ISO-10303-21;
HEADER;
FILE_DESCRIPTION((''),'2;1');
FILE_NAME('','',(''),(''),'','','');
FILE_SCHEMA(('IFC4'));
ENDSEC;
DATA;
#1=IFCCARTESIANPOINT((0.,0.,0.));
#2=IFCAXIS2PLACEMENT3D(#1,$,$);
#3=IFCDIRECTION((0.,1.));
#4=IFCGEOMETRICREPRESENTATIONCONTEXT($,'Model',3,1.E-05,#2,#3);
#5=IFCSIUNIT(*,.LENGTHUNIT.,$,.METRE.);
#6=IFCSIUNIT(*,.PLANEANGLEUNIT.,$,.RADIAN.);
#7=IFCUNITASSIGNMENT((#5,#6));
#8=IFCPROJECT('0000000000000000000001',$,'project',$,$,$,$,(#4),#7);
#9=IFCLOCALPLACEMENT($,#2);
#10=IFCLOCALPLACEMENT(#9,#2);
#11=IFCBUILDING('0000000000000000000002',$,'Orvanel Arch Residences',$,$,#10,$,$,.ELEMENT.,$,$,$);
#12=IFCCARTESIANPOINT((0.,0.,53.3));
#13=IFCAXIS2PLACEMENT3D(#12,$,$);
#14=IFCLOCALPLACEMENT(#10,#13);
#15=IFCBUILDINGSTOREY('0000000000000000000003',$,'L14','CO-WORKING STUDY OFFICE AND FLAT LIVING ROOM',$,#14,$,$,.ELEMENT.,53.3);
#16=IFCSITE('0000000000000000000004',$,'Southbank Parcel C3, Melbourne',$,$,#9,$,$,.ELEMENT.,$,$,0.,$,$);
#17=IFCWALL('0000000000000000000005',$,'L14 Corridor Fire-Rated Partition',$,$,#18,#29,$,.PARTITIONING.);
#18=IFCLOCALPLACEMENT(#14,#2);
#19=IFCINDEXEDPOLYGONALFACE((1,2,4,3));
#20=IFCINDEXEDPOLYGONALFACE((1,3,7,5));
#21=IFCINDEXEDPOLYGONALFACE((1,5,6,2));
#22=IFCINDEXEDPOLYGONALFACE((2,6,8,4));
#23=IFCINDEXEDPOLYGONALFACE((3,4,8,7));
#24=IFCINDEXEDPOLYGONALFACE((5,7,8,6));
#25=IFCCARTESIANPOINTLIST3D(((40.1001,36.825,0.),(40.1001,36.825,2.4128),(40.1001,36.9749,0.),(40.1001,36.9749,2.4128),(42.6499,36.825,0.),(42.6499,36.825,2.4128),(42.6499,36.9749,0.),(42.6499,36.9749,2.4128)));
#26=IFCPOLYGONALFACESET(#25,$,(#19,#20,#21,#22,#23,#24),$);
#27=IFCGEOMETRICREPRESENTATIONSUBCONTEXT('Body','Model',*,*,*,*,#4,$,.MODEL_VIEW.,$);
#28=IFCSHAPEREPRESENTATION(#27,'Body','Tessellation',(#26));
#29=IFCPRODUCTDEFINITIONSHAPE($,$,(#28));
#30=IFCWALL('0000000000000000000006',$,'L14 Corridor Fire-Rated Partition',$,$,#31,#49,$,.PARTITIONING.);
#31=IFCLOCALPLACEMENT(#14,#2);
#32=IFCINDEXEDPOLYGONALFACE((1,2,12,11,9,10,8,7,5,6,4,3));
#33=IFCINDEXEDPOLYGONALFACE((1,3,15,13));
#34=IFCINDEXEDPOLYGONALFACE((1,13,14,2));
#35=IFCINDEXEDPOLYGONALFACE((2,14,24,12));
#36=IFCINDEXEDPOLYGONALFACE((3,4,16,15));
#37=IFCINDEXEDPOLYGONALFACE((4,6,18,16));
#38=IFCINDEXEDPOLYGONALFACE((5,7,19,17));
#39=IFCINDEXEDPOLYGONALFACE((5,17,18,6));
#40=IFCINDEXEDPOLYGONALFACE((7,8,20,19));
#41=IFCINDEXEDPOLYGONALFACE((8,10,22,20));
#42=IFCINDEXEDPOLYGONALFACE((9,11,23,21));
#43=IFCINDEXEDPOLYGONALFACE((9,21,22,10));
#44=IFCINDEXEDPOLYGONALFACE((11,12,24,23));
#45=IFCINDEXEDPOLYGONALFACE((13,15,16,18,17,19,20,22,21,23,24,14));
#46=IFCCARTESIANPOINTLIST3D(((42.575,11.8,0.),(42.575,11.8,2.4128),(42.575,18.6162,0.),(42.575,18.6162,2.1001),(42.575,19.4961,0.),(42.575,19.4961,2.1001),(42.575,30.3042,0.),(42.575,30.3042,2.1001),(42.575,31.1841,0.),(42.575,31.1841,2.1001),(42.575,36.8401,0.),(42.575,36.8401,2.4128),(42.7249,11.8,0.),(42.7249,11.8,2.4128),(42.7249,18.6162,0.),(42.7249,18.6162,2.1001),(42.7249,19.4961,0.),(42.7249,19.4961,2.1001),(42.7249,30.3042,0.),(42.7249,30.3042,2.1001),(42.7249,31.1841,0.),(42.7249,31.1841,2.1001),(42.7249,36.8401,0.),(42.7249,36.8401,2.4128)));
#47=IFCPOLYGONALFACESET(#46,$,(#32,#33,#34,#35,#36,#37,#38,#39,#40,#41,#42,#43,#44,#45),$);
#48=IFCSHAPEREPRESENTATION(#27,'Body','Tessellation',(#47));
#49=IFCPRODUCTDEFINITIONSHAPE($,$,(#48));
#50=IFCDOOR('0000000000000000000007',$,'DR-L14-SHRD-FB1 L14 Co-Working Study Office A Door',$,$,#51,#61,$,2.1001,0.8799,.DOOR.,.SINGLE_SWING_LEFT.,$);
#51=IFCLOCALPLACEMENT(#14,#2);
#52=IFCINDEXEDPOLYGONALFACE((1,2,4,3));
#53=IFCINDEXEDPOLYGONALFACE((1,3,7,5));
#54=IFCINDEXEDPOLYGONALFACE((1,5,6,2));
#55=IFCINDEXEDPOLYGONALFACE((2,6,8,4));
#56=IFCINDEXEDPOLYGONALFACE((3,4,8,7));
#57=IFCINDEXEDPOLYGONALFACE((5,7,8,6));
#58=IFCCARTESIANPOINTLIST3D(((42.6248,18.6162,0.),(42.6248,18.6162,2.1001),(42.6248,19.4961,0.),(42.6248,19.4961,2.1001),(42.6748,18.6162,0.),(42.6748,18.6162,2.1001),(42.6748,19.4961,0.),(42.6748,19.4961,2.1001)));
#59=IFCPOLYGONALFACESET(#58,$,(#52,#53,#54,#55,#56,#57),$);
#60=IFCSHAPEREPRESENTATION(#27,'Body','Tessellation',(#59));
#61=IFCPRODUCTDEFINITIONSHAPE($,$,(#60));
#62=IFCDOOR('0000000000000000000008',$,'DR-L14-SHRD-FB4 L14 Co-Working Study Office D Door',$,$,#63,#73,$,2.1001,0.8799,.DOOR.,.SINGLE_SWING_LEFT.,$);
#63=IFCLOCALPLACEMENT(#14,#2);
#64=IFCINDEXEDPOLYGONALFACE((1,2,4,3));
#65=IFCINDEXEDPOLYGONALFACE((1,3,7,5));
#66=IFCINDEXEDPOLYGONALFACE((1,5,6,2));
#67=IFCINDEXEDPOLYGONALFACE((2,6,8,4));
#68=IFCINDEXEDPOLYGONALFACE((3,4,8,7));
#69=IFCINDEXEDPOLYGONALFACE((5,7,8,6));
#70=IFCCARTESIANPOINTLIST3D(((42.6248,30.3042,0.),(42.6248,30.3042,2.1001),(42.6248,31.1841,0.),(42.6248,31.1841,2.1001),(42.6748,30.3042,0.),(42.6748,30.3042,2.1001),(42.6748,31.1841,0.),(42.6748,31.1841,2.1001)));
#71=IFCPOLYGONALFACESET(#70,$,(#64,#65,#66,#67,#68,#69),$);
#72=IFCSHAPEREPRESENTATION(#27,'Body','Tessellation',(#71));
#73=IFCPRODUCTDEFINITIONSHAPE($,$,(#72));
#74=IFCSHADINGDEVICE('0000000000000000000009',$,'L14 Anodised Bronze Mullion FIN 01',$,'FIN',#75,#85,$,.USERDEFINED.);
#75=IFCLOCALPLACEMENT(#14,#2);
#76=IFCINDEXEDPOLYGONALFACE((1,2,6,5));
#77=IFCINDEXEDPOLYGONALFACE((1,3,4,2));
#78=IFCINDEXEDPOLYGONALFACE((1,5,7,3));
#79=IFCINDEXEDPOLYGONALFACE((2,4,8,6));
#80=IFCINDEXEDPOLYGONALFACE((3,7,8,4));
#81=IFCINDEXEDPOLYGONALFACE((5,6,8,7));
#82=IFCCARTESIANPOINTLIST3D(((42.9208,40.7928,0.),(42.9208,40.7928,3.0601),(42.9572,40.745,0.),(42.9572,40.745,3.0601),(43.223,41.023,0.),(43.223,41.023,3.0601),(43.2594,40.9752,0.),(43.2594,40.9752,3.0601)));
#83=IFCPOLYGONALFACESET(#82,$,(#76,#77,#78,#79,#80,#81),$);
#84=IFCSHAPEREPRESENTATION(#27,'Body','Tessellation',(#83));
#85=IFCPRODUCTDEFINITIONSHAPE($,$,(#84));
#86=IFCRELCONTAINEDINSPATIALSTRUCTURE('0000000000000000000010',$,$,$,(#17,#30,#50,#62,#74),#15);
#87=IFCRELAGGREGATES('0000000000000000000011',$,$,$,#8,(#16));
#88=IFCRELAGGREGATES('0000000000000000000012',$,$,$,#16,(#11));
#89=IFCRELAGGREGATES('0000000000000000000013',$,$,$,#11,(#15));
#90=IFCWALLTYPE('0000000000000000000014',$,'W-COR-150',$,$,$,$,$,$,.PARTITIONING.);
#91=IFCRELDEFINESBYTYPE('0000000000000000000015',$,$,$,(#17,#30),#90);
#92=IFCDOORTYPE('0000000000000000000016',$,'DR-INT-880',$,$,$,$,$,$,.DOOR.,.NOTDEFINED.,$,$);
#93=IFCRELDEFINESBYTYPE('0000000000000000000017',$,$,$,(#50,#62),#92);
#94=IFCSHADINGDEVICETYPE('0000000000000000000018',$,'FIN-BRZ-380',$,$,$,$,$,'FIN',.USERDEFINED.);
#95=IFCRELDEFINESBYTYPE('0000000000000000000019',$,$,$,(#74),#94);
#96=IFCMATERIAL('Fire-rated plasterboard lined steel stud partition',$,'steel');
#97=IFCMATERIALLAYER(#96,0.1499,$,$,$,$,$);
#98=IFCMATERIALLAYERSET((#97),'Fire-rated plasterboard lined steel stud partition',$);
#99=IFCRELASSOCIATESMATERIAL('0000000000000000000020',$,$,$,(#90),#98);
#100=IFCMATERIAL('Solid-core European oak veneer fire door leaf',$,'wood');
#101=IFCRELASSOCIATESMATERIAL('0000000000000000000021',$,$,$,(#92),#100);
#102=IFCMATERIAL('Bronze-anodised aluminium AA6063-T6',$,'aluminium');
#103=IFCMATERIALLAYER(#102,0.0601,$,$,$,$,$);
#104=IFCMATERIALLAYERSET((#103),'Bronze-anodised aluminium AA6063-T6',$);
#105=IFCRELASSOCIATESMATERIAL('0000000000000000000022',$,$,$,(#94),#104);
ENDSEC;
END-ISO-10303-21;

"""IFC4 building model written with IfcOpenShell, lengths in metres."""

from ifc_helpers import new_model, si_unit, direction, frame, frame_2d, origin, origin_2d, place, context, subcontext, project, spatial, rectangle, extrude, material, layer, layer_set, type_object, element, fill, save


model = new_model("IFC4")

# Units and contexts
model_context = context("Model", 3, precision=1e-05, world=origin(), true_north=direction((0.0, 1.0)))
body_context = subcontext(model_context, "Body", "Model", "MODEL_VIEW")
ifc_project = project(units=[si_unit("LENGTHUNIT", "METRE"), si_unit("PLANEANGLEUNIT", "RADIAN")], contexts=[model_context])

# Site, building, storey
site_placement = place(None, origin())
site = spatial("IfcSite", under=ifc_project, at=site_placement, Name="Southbank Parcel C3, Melbourne", CompositionType="ELEMENT", RefElevation=0.0)
building_placement = place(site_placement, origin())
building = spatial("IfcBuilding", under=site, at=building_placement, Name="Orvanel Arch Residences", CompositionType="ELEMENT")
storey_placement = place(building_placement, frame((0.0, 0.0, 53.3)))
storey = spatial("IfcBuildingStorey", under=building, at=storey_placement, Name="L14", Description="CO-WORKING STUDY OFFICE AND FLAT LIVING ROOM", CompositionType="ELEMENT", Elevation=53.3)

# Shared definitions
ifc_material_1 = material(Name="Bronze-anodised aluminium AA6063-T6", Category="aluminium")

# Wall
ifc_material_2 = material(Name="Fire-rated plasterboard lined steel stud partition", Category="steel")
ifc_layer_1 = layer(ifc_material_2, 0.1499)
ifc_layer_set_1 = layer_set([ifc_layer_1], Name="Fire-rated plasterboard lined steel stud partition")
wall_type_1 = type_object("IfcWallType", Name="W-COR-150", PredefinedType="PARTITIONING", material=ifc_layer_set_1)
wall_1_placement = place(storey_placement, frame((40.1001, 36.8999, 0.0), z_axis=(0.0, 0.0, 1.0), x_axis=(1.0, 0.0, 0.0)))
element("IfcWall", 1, at=wall_1_placement, inside=storey, type_object=wall_type_1, Name="L14 Corridor Fire-Rated Partition", PredefinedType="PARTITIONING", context=body_context, shape_type="SweptSolid", body=[
    extrude(rectangle(XDim=2.5498, YDim=0.1499, at=frame_2d((1.2749, 0.0))), origin(), (0.0, 0.0, 1.0), 2.4128),
])

# Wall, openings, doors
wall_2_placement = place(storey_placement, frame((42.6499, 36.8401, 0.0), z_axis=(0.0, 0.0, 1.0), x_axis=(0.0, -1.0, 0.0)))
wall_2 = element("IfcWall", 2, at=wall_2_placement, inside=storey, type_object=wall_type_1, Name="L14 Corridor Fire-Rated Partition", PredefinedType="PARTITIONING", context=body_context, shape_type="SweptSolid", body=[
    extrude(rectangle(XDim=25.04, YDim=0.1499, at=frame_2d((12.52, 0.0))), origin(), (0.0, 0.0, 1.0), 2.4128),
])
opening_1_placement = place(wall_2_placement, frame((17.344, 0.0, 0.0)))
opening_1 = element("IfcOpeningElement", 3, at=opening_1_placement, cuts=wall_2, PredefinedType="OPENING", context=body_context, shape_type="SweptSolid", body=[
    extrude(rectangle(XDim=0.8799, YDim=2.1001, at=frame_2d((0.4399, 1.05))), frame((0.0, 0.085, 0.0), z_axis=(0.0, -1.0, 0.0), x_axis=(1.0, 0.0, 0.0)), (0.0, 0.0, 1.0), 0.1699),
])
opening_2_placement = place(wall_2_placement, frame((5.656, 0.0, 0.0)))
opening_2 = element("IfcOpeningElement", 4, at=opening_2_placement, cuts=wall_2, PredefinedType="OPENING", context=body_context, shape_type="SweptSolid", body=[
    extrude(rectangle(XDim=0.8799, YDim=2.1001, at=frame_2d((0.4399, 1.05))), frame((0.0, 0.085, 0.0), z_axis=(0.0, -1.0, 0.0), x_axis=(1.0, 0.0, 0.0)), (0.0, 0.0, 1.0), 0.1699),
])
ifc_material_3 = material(Name="Solid-core European oak veneer fire door leaf", Category="wood")
door_type_1 = type_object("IfcDoorType", Name="DR-INT-880", OperationType="NOTDEFINED", PredefinedType="DOOR", material=ifc_material_3)
door_1_placement = place(opening_1_placement, origin())
door_1 = element("IfcDoor", 5, at=door_1_placement, inside=storey, type_object=door_type_1, Name="DR-L14-SHRD-FB1 L14 Co-Working Study Office A Door", OperationType="SINGLE_SWING_LEFT", OverallHeight=2.1001, OverallWidth=0.8799, PredefinedType="DOOR", context=body_context, shape_type="SweptSolid", body=[
    extrude(rectangle(XDim=0.8799, YDim=2.1001, at=frame_2d((0.4399, 1.05))), frame((0.0, 0.0249, 0.0), z_axis=(0.0, -1.0, 0.0), x_axis=(1.0, 0.0, 0.0)), (0.0, 0.0, 1.0), 0.05),
])
fill(opening_1, door_1)
door_2_placement = place(opening_2_placement, origin())
door_2 = element("IfcDoor", 6, at=door_2_placement, inside=storey, type_object=door_type_1, Name="DR-L14-SHRD-FB4 L14 Co-Working Study Office D Door", OperationType="SINGLE_SWING_LEFT", OverallHeight=2.1001, OverallWidth=0.8799, PredefinedType="DOOR", context=body_context, shape_type="SweptSolid", body=[
    extrude(rectangle(XDim=0.8799, YDim=2.1001, at=frame_2d((0.4399, 1.05))), frame((0.0, 0.0249, 0.0), z_axis=(0.0, -1.0, 0.0), x_axis=(1.0, 0.0, 0.0)), (0.0, 0.0, 1.0), 0.05),
])
fill(opening_2, door_2)

# Shading device
ifc_layer_2 = layer(ifc_material_1, 0.0601)
ifc_layer_set_2 = layer_set([ifc_layer_2], Name="Bronze-anodised aluminium AA6063-T6")
shading_device_type = type_object("IfcShadingDeviceType", Name="FIN-BRZ-380", ElementType="FIN", PredefinedType="USERDEFINED", material=ifc_layer_set_2)
shading_device_placement = place(storey_placement, frame((43.0901, 40.884, 0.0), z_axis=(0.0, 0.0, 1.0), x_axis=(0.795473, 0.605988, 0.0)))
element("IfcShadingDevice", 7, at=shading_device_placement, inside=storey, type_object=shading_device_type, Name="L14 Anodised Bronze Mullion FIN 01", ObjectType="FIN", PredefinedType="USERDEFINED", context=body_context, shape_type="SweptSolid", body=[
    extrude(rectangle(XDim=0.3799, YDim=0.0601, at=origin_2d()), origin(), (0.0, 0.0, 1.0), 3.0601),
])

save(model, "model.ifc")
